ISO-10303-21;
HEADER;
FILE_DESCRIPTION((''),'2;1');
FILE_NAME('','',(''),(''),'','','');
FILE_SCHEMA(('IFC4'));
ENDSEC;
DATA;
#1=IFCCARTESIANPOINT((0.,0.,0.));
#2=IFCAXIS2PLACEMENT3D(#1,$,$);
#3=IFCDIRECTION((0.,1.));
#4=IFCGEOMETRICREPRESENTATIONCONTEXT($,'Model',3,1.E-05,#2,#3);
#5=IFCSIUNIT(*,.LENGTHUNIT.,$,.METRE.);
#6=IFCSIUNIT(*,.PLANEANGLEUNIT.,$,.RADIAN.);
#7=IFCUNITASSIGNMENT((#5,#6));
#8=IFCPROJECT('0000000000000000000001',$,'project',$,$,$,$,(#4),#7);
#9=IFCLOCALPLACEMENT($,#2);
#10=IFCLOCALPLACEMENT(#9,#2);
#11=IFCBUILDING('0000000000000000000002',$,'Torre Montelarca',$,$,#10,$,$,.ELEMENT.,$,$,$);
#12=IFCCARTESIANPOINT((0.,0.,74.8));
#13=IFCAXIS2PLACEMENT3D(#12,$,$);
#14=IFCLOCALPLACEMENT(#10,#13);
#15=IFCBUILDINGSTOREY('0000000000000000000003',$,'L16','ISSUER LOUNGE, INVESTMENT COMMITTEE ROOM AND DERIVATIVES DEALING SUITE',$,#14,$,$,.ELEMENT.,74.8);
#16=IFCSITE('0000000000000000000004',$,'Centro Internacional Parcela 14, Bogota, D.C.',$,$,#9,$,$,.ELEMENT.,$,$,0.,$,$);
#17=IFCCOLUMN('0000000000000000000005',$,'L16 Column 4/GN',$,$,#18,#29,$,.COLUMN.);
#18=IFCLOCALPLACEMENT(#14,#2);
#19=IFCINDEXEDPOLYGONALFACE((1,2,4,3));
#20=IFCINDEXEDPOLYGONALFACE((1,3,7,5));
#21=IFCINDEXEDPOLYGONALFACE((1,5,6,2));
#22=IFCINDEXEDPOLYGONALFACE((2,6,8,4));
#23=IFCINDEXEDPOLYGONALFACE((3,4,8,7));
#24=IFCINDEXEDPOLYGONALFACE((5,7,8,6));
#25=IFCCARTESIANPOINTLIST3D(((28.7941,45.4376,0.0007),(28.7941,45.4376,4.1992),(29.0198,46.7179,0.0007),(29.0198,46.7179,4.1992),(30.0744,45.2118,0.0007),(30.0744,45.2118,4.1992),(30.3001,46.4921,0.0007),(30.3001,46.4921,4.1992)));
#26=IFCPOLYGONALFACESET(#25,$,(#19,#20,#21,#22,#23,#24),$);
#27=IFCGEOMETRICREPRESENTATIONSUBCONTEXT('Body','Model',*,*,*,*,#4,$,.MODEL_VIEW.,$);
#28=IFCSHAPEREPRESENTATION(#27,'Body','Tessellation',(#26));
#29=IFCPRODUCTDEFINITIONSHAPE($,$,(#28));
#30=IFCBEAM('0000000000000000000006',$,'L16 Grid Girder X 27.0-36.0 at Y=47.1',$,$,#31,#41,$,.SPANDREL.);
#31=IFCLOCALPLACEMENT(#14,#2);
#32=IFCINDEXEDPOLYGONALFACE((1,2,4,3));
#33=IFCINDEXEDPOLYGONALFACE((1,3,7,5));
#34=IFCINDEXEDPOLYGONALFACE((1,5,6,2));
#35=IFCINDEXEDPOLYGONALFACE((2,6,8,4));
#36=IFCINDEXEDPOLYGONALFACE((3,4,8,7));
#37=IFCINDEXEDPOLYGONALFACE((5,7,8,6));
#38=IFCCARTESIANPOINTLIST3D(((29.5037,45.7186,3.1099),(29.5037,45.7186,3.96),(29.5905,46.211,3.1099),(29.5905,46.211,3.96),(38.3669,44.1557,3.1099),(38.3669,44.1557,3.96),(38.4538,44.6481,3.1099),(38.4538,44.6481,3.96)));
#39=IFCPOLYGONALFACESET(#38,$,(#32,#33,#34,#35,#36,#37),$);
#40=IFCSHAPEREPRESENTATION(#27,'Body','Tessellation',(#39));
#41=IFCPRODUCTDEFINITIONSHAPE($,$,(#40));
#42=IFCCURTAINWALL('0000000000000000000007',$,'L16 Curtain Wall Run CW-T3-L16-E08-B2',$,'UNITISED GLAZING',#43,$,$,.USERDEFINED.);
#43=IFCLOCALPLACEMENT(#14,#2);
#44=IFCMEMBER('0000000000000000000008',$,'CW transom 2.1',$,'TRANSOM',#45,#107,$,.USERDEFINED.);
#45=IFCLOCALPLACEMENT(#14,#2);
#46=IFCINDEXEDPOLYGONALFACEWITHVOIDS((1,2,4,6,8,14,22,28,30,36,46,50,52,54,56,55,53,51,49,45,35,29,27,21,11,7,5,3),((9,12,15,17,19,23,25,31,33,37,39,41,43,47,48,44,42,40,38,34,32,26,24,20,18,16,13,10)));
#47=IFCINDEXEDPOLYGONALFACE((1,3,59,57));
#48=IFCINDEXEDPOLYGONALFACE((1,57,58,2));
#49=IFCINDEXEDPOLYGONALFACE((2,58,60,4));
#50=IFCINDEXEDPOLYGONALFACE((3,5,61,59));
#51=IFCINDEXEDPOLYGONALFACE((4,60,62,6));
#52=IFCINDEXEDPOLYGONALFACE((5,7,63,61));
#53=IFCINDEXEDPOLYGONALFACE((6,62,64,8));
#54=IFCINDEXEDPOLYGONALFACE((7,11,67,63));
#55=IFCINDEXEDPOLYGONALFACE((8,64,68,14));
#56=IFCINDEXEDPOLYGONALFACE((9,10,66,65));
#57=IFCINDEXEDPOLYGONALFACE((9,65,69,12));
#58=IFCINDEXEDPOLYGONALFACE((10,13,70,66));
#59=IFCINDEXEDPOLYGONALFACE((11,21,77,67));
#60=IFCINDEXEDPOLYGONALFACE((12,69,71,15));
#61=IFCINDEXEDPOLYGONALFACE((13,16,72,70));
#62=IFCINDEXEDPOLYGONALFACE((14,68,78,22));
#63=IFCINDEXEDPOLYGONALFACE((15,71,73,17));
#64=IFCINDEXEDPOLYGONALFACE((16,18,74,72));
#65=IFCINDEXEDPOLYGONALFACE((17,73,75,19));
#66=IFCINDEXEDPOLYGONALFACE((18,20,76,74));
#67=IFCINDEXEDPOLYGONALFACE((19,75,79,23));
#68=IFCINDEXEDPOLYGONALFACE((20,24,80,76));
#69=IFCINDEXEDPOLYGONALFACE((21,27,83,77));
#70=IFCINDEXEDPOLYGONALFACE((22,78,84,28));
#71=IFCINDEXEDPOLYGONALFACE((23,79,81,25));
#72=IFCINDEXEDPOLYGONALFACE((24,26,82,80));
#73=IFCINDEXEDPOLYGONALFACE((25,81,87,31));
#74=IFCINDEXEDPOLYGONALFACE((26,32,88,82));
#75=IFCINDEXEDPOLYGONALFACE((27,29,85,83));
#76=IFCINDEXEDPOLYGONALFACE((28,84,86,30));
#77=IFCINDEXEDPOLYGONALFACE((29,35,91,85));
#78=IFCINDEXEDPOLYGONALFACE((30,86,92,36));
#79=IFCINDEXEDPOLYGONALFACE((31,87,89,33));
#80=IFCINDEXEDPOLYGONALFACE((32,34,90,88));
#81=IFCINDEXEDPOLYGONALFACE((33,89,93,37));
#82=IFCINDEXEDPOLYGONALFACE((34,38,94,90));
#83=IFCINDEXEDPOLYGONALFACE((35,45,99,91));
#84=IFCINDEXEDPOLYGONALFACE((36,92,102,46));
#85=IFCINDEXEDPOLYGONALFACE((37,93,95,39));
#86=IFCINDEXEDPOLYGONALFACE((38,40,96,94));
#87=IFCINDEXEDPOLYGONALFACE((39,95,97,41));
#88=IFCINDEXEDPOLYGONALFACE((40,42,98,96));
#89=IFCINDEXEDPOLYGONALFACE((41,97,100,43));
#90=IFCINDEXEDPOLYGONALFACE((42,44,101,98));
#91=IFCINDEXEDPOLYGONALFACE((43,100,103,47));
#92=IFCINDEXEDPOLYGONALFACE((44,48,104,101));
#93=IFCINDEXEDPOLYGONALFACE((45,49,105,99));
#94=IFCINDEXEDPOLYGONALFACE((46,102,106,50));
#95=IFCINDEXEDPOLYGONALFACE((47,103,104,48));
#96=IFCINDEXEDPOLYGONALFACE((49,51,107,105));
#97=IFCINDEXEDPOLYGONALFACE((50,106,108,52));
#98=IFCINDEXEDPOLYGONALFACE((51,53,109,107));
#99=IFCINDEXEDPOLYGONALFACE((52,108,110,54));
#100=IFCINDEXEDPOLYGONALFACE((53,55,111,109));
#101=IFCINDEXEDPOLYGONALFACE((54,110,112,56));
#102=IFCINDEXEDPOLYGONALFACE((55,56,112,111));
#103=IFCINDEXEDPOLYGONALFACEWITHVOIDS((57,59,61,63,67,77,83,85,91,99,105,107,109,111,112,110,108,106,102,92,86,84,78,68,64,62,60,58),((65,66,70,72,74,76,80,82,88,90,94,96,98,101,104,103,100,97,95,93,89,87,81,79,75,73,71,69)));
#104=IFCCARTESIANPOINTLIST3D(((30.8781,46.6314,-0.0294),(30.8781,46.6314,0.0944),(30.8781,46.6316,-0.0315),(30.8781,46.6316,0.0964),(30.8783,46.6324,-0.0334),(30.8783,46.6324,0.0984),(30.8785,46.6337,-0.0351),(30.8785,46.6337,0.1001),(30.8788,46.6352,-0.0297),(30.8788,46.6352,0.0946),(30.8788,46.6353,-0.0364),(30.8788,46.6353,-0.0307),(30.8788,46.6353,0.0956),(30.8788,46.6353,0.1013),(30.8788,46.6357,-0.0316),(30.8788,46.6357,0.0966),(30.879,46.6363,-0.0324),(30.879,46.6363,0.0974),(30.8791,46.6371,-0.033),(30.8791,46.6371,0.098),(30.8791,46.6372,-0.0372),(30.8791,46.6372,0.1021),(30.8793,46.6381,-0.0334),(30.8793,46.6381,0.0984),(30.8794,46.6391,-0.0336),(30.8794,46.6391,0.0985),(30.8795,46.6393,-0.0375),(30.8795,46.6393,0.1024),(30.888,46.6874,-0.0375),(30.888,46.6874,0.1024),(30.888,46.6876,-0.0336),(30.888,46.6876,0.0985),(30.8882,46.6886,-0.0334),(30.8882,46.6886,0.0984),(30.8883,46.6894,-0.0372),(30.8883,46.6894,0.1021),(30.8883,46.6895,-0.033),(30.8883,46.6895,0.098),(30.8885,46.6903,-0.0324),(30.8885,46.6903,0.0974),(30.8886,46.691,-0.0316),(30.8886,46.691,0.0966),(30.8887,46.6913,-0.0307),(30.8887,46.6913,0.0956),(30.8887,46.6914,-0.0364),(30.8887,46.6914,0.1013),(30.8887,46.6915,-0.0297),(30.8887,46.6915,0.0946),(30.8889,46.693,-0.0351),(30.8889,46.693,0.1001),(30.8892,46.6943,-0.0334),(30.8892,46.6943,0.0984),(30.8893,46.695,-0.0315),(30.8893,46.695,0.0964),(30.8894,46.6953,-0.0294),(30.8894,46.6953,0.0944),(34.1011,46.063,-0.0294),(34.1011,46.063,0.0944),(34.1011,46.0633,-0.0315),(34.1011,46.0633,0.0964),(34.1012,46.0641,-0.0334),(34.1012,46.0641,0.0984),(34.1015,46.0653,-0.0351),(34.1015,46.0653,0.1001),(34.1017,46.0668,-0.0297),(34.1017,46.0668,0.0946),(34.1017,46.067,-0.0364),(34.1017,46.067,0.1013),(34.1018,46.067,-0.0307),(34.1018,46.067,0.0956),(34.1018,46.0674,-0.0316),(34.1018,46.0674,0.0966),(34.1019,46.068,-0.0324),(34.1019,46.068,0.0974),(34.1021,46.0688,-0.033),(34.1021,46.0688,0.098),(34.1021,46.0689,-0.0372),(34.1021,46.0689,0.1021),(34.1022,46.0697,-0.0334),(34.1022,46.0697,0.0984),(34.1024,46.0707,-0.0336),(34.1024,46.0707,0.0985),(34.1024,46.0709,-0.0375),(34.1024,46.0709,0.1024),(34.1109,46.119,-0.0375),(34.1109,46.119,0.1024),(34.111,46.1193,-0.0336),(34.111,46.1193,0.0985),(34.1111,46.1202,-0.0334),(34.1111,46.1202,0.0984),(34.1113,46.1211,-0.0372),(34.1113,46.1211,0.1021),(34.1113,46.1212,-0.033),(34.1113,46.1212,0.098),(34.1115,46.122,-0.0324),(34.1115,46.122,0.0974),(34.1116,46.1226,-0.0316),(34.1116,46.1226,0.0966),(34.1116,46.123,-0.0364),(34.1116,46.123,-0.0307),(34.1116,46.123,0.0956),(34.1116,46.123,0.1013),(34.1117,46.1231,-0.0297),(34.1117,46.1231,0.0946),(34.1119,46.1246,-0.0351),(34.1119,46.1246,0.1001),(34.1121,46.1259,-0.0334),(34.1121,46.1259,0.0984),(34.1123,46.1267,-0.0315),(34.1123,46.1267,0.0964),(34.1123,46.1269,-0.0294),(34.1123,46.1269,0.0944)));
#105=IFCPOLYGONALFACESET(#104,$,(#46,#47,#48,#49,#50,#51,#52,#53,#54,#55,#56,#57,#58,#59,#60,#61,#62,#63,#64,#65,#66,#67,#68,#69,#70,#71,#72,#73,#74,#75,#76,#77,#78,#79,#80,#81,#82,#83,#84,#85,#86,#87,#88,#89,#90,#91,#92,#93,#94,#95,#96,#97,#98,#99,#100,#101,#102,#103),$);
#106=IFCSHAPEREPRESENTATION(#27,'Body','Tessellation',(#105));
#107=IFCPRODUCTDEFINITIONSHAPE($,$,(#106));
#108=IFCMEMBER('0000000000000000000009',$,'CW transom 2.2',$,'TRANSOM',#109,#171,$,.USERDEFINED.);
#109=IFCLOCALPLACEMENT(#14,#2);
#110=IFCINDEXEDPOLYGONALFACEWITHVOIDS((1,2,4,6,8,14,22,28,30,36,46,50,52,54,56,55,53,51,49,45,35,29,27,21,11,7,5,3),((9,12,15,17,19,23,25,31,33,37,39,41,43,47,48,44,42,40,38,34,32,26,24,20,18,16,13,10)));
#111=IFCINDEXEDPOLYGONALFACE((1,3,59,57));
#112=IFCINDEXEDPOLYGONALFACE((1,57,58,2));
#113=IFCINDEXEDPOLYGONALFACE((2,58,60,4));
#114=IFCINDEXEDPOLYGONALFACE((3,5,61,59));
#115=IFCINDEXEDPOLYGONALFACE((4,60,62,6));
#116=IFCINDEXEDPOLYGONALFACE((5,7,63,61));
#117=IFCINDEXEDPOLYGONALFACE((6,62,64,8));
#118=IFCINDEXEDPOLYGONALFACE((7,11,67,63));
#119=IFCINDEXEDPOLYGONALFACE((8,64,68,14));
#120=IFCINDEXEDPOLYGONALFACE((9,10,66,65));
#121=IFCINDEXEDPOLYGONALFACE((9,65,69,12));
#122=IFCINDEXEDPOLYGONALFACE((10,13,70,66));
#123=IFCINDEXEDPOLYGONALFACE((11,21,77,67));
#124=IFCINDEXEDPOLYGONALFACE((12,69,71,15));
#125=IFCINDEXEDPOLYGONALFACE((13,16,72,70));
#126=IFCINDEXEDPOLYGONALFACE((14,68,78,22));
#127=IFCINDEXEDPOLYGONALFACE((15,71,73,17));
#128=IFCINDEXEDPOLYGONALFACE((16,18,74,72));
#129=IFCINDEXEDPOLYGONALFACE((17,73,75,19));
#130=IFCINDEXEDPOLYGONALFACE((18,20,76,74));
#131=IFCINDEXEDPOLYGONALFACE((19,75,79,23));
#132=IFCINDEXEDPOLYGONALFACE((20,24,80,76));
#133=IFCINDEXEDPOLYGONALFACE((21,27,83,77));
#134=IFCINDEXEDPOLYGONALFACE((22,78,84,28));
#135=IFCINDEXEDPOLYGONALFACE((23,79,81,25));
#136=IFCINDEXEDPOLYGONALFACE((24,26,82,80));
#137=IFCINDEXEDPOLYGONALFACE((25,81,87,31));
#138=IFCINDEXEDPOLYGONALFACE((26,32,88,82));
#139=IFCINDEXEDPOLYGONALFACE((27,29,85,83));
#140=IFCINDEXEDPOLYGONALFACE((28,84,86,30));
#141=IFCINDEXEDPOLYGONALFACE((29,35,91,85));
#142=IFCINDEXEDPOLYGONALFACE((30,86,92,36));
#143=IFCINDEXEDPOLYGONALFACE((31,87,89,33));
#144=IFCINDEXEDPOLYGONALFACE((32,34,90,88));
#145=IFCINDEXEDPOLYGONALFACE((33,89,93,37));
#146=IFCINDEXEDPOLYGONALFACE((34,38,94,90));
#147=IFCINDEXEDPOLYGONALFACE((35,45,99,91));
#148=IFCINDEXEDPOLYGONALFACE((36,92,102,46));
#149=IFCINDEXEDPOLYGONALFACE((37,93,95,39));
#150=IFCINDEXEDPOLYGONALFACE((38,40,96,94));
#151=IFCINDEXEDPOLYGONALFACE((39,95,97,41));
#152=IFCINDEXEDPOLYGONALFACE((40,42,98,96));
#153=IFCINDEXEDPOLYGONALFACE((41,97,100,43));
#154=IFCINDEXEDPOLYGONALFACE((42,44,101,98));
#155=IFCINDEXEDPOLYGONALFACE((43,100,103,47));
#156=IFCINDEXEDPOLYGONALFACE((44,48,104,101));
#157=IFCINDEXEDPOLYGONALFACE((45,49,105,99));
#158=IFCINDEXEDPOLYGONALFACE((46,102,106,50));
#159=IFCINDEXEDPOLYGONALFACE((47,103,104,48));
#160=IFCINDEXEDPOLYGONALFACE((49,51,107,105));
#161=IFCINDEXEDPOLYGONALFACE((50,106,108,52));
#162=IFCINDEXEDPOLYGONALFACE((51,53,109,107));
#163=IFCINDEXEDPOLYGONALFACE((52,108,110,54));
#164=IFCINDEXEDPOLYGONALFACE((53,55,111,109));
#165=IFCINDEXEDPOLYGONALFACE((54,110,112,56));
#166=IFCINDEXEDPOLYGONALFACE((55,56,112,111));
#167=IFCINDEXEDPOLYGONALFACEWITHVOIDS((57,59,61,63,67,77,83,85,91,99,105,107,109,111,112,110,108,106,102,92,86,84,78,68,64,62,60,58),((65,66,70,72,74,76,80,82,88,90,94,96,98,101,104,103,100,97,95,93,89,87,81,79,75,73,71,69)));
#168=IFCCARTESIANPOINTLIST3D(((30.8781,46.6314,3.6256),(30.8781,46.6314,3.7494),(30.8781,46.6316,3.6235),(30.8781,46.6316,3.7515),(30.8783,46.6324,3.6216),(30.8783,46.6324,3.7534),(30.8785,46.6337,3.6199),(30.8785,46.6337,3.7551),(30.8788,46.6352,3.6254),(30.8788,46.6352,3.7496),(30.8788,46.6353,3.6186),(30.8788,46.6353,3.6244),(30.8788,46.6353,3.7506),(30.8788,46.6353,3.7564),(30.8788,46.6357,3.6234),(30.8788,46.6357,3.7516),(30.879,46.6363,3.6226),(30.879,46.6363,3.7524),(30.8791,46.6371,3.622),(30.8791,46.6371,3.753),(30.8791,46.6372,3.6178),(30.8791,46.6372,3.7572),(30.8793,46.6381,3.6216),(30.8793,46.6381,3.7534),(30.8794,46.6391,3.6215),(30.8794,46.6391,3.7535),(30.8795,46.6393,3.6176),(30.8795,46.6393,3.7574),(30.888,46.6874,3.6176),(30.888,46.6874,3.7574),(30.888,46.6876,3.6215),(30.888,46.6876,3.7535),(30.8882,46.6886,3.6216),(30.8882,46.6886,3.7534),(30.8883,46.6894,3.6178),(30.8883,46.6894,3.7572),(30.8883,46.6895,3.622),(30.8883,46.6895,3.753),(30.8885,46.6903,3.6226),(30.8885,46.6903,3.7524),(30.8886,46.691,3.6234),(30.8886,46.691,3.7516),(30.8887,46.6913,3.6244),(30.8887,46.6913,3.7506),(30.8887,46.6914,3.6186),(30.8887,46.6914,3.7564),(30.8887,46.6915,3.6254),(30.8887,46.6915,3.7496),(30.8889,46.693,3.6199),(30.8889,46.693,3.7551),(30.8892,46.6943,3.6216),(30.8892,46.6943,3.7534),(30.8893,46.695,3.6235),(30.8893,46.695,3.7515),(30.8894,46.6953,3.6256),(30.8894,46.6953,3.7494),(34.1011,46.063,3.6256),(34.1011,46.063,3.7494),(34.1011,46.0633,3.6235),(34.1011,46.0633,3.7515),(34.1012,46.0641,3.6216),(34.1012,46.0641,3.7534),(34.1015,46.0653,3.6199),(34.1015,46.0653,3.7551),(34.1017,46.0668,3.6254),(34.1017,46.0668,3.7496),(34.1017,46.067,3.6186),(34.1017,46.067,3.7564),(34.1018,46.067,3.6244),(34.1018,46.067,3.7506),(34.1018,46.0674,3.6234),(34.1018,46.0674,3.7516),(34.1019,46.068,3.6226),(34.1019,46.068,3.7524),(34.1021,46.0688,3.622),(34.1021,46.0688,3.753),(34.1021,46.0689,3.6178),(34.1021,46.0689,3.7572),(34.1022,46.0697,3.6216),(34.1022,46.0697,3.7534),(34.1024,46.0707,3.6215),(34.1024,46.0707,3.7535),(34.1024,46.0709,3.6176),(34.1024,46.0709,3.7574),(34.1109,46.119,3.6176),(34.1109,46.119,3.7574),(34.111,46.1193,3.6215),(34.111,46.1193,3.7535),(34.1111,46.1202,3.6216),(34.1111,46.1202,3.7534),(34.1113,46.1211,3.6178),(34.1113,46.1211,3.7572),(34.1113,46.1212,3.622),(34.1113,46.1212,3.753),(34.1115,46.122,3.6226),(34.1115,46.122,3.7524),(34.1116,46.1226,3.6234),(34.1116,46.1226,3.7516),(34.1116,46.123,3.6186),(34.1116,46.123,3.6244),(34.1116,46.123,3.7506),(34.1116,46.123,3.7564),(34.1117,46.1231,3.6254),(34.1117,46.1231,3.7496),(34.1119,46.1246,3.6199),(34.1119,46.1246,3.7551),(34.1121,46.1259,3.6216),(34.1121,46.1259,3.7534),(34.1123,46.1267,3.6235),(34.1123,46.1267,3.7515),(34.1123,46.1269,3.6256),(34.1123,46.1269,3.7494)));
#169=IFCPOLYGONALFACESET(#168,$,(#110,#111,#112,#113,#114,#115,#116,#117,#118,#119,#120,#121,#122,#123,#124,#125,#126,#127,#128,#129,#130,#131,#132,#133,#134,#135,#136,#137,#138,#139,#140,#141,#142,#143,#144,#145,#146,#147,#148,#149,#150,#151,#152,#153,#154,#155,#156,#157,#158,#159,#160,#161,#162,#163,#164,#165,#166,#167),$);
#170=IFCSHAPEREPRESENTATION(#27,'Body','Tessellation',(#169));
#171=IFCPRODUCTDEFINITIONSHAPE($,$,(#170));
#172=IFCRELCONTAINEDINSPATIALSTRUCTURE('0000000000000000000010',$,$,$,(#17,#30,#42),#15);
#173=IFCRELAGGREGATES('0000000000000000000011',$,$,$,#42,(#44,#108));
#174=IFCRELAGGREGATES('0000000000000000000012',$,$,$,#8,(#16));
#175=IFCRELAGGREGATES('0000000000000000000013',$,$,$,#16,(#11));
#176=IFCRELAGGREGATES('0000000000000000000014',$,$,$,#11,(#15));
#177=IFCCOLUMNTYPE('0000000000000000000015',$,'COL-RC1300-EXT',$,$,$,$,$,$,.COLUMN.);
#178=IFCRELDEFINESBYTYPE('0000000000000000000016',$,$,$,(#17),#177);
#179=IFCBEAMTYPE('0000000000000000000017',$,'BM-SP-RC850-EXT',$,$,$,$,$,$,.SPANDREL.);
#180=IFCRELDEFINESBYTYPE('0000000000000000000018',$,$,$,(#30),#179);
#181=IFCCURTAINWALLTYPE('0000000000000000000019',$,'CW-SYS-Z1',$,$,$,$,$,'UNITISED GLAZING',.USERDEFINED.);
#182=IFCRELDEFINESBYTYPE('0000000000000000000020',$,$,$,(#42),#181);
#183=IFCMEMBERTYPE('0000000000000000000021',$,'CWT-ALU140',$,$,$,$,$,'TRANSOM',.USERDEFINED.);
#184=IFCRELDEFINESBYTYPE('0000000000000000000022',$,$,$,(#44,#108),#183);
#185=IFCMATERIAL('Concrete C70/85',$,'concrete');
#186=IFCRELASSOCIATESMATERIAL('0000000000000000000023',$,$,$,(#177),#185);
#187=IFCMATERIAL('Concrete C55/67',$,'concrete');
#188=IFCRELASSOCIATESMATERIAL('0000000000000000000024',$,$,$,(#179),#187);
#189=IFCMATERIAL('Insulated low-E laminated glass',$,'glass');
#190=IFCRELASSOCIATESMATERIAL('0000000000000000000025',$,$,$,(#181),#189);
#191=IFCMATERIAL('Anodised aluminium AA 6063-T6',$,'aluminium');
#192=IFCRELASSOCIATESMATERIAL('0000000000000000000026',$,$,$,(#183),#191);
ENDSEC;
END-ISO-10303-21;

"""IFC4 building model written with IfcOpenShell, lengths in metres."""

from ifc_helpers import new_model, si_unit, direction, frame, origin, origin_2d, place, context, subcontext, project, spatial, rectangle, hollow_rectangle, extrude, source, transform, mapped, material, material_profile, profile_set, type_object, element, aggregate, save


model = new_model("IFC4")

# Units and contexts
model_context = context("Model", 3, precision=1e-05, world=origin(), true_north=direction((0.0, 1.0)))
body_context = subcontext(model_context, "Body", "Model", "MODEL_VIEW")
ifc_project = project(units=[si_unit("LENGTHUNIT", "METRE"), si_unit("PLANEANGLEUNIT", "RADIAN")], contexts=[model_context])

# Site, building, storey
site_placement = place(None, origin())
site = spatial("IfcSite", under=ifc_project, at=site_placement, Name="Centro Internacional Parcela 14, Bogota, D.C.", CompositionType="ELEMENT", RefElevation=0.0)
building_placement = place(site_placement, origin())
building = spatial("IfcBuilding", under=site, at=building_placement, Name="Torre Montelarca", CompositionType="ELEMENT")
storey_placement = place(building_placement, frame((0.0, 0.0, 74.8)))
storey = spatial("IfcBuildingStorey", under=building, at=storey_placement, Name="L16", Description="ISSUER LOUNGE, INVESTMENT COMMITTEE ROOM AND DERIVATIVES DEALING SUITE", CompositionType="ELEMENT", Elevation=74.8)

# Column
ifc_material_1 = material(Name="Concrete C70/85", Category="concrete")
ifc_material_profile_1 = material_profile(ifc_material_1, rectangle(XDim=1.3, YDim=1.3, at=origin_2d()), Name="RC1300X1300", Category="concrete")
ifc_profile_set_1 = profile_set([ifc_material_profile_1], Name="Concrete C70/85")
column_type = type_object("IfcColumnType", Name="COL-RC1300-EXT", PredefinedType="COLUMN", material=ifc_profile_set_1)
shared_shape_1 = source(origin(), body_context, "Body", "SweptSolid", [
    extrude(rectangle(XDim=1.3, YDim=1.3, at=origin_2d()), origin(), (0.0, 0.0, 1.0), 4.1985),
])
column_placement = place(storey_placement, frame((29.5471, 45.9648, 0.0007), z_axis=(0.0, 0.0, 1.0), x_axis=(-0.984808, 0.173648, 0.0)))
element("IfcColumn", 1, at=column_placement, inside=storey, type_object=column_type, Name="L16 Column 4/GN", PredefinedType="COLUMN", context=body_context, shape_type="MappedRepresentation", body=[
    mapped(shared_shape_1, transform((0.0, 0.0, 0.0), scale=1.0)),
])

# Beam
ifc_material_2 = material(Name="Concrete C55/67", Category="concrete")
ifc_material_profile_2 = material_profile(ifc_material_2, rectangle(XDim=0.5, YDim=0.8501, at=origin_2d()), Name="RCB500X850", Category="concrete")
ifc_profile_set_2 = profile_set([ifc_material_profile_2], Name="Concrete C55/67")
beam_type = type_object("IfcBeamType", Name="BM-SP-RC850-EXT", PredefinedType="SPANDREL", material=ifc_profile_set_2)
shared_shape_2 = source(origin(), body_context, "Body", "SweptSolid", [
    extrude(rectangle(XDim=0.5, YDim=0.8501, at=origin_2d()), origin(), (0.0, 0.0, 1.0), 9.0),
])
beam_placement = place(storey_placement, frame((29.5471, 45.9648, 3.5349), z_axis=(0.984805, -0.173665, 0.0), x_axis=(0.173665, 0.984805, 0.0)))
element("IfcBeam", 2, at=beam_placement, inside=storey, type_object=beam_type, Name="L16 Grid Girder X 27.0-36.0 at Y=47.1", PredefinedType="SPANDREL", context=body_context, shape_type="MappedRepresentation", body=[
    mapped(shared_shape_2, transform((0.0, 0.0, 0.0), scale=1.0)),
])

# Curtain wall, members
ifc_material_3 = material(Name="Insulated low-E laminated glass", Category="glass")
curtain_wall_type = type_object("IfcCurtainWallType", Name="CW-SYS-Z1", ElementType="UNITISED GLAZING", PredefinedType="USERDEFINED", material=ifc_material_3)
curtain_wall_1_placement = place(storey_placement, origin())
curtain_wall_1 = element("IfcCurtainWall", 3, at=curtain_wall_1_placement, inside=storey, type_object=curtain_wall_type, Name="L16 Curtain Wall Run CW-T3-L16-E08-B2", ObjectType="UNITISED GLAZING", PredefinedType="USERDEFINED")
ifc_material_4 = material(Name="Anodised aluminium AA 6063-T6", Category="aluminium")
ifc_material_profile_3 = material_profile(ifc_material_4, hollow_rectangle(XDim=0.0649, YDim=0.1399, WallThickness=0.0039, InnerFilletRadius=0.0039, OuterFilletRadius=0.0081, at=origin_2d()), Name="ALU65X140X4", Category="aluminium")
ifc_profile_set_3 = profile_set([ifc_material_profile_3], Name="Anodised aluminium AA 6063-T6")
member_type_1 = type_object("IfcMemberType", Name="CWT-ALU140", ElementType="TRANSOM", PredefinedType="USERDEFINED", material=ifc_profile_set_3)
shared_shape_3 = source(origin(), body_context, "Body", "SweptSolid", [
    extrude(hollow_rectangle(XDim=0.0649, YDim=0.1399, WallThickness=0.0039, InnerFilletRadius=0.0039, OuterFilletRadius=0.0081, at=origin_2d()), origin(), (0.0, 0.0, 1.0), 3.2727),
])
member_1_placement = place(storey_placement, frame((34.1067, 46.095, 0.0325), z_axis=(-0.984804, 0.17367, 0.0), x_axis=(-0.17367, -0.984804, 0.0)))
member_1 = element("IfcMember", 4, at=member_1_placement, type_object=member_type_1, Name="CW transom 2.1", ObjectType="TRANSOM", PredefinedType="USERDEFINED", context=body_context, shape_type="MappedRepresentation", body=[
    mapped(shared_shape_3, transform((0.0, 0.0, 0.0), scale=1.0)),
])
member_2_placement = place(storey_placement, frame((34.1067, 46.095, 3.6875), z_axis=(-0.984804, 0.17367, 0.0), x_axis=(-0.17367, -0.984804, 0.0)))
member_2 = element("IfcMember", 5, at=member_2_placement, type_object=member_type_1, Name="CW transom 2.2", ObjectType="TRANSOM", PredefinedType="USERDEFINED", context=body_context, shape_type="MappedRepresentation", body=[
    mapped(shared_shape_3, transform((0.0, 0.0, 0.0), scale=1.0)),
])

aggregate(curtain_wall_1, [member_1, member_2])

save(model, "model.ifc")
